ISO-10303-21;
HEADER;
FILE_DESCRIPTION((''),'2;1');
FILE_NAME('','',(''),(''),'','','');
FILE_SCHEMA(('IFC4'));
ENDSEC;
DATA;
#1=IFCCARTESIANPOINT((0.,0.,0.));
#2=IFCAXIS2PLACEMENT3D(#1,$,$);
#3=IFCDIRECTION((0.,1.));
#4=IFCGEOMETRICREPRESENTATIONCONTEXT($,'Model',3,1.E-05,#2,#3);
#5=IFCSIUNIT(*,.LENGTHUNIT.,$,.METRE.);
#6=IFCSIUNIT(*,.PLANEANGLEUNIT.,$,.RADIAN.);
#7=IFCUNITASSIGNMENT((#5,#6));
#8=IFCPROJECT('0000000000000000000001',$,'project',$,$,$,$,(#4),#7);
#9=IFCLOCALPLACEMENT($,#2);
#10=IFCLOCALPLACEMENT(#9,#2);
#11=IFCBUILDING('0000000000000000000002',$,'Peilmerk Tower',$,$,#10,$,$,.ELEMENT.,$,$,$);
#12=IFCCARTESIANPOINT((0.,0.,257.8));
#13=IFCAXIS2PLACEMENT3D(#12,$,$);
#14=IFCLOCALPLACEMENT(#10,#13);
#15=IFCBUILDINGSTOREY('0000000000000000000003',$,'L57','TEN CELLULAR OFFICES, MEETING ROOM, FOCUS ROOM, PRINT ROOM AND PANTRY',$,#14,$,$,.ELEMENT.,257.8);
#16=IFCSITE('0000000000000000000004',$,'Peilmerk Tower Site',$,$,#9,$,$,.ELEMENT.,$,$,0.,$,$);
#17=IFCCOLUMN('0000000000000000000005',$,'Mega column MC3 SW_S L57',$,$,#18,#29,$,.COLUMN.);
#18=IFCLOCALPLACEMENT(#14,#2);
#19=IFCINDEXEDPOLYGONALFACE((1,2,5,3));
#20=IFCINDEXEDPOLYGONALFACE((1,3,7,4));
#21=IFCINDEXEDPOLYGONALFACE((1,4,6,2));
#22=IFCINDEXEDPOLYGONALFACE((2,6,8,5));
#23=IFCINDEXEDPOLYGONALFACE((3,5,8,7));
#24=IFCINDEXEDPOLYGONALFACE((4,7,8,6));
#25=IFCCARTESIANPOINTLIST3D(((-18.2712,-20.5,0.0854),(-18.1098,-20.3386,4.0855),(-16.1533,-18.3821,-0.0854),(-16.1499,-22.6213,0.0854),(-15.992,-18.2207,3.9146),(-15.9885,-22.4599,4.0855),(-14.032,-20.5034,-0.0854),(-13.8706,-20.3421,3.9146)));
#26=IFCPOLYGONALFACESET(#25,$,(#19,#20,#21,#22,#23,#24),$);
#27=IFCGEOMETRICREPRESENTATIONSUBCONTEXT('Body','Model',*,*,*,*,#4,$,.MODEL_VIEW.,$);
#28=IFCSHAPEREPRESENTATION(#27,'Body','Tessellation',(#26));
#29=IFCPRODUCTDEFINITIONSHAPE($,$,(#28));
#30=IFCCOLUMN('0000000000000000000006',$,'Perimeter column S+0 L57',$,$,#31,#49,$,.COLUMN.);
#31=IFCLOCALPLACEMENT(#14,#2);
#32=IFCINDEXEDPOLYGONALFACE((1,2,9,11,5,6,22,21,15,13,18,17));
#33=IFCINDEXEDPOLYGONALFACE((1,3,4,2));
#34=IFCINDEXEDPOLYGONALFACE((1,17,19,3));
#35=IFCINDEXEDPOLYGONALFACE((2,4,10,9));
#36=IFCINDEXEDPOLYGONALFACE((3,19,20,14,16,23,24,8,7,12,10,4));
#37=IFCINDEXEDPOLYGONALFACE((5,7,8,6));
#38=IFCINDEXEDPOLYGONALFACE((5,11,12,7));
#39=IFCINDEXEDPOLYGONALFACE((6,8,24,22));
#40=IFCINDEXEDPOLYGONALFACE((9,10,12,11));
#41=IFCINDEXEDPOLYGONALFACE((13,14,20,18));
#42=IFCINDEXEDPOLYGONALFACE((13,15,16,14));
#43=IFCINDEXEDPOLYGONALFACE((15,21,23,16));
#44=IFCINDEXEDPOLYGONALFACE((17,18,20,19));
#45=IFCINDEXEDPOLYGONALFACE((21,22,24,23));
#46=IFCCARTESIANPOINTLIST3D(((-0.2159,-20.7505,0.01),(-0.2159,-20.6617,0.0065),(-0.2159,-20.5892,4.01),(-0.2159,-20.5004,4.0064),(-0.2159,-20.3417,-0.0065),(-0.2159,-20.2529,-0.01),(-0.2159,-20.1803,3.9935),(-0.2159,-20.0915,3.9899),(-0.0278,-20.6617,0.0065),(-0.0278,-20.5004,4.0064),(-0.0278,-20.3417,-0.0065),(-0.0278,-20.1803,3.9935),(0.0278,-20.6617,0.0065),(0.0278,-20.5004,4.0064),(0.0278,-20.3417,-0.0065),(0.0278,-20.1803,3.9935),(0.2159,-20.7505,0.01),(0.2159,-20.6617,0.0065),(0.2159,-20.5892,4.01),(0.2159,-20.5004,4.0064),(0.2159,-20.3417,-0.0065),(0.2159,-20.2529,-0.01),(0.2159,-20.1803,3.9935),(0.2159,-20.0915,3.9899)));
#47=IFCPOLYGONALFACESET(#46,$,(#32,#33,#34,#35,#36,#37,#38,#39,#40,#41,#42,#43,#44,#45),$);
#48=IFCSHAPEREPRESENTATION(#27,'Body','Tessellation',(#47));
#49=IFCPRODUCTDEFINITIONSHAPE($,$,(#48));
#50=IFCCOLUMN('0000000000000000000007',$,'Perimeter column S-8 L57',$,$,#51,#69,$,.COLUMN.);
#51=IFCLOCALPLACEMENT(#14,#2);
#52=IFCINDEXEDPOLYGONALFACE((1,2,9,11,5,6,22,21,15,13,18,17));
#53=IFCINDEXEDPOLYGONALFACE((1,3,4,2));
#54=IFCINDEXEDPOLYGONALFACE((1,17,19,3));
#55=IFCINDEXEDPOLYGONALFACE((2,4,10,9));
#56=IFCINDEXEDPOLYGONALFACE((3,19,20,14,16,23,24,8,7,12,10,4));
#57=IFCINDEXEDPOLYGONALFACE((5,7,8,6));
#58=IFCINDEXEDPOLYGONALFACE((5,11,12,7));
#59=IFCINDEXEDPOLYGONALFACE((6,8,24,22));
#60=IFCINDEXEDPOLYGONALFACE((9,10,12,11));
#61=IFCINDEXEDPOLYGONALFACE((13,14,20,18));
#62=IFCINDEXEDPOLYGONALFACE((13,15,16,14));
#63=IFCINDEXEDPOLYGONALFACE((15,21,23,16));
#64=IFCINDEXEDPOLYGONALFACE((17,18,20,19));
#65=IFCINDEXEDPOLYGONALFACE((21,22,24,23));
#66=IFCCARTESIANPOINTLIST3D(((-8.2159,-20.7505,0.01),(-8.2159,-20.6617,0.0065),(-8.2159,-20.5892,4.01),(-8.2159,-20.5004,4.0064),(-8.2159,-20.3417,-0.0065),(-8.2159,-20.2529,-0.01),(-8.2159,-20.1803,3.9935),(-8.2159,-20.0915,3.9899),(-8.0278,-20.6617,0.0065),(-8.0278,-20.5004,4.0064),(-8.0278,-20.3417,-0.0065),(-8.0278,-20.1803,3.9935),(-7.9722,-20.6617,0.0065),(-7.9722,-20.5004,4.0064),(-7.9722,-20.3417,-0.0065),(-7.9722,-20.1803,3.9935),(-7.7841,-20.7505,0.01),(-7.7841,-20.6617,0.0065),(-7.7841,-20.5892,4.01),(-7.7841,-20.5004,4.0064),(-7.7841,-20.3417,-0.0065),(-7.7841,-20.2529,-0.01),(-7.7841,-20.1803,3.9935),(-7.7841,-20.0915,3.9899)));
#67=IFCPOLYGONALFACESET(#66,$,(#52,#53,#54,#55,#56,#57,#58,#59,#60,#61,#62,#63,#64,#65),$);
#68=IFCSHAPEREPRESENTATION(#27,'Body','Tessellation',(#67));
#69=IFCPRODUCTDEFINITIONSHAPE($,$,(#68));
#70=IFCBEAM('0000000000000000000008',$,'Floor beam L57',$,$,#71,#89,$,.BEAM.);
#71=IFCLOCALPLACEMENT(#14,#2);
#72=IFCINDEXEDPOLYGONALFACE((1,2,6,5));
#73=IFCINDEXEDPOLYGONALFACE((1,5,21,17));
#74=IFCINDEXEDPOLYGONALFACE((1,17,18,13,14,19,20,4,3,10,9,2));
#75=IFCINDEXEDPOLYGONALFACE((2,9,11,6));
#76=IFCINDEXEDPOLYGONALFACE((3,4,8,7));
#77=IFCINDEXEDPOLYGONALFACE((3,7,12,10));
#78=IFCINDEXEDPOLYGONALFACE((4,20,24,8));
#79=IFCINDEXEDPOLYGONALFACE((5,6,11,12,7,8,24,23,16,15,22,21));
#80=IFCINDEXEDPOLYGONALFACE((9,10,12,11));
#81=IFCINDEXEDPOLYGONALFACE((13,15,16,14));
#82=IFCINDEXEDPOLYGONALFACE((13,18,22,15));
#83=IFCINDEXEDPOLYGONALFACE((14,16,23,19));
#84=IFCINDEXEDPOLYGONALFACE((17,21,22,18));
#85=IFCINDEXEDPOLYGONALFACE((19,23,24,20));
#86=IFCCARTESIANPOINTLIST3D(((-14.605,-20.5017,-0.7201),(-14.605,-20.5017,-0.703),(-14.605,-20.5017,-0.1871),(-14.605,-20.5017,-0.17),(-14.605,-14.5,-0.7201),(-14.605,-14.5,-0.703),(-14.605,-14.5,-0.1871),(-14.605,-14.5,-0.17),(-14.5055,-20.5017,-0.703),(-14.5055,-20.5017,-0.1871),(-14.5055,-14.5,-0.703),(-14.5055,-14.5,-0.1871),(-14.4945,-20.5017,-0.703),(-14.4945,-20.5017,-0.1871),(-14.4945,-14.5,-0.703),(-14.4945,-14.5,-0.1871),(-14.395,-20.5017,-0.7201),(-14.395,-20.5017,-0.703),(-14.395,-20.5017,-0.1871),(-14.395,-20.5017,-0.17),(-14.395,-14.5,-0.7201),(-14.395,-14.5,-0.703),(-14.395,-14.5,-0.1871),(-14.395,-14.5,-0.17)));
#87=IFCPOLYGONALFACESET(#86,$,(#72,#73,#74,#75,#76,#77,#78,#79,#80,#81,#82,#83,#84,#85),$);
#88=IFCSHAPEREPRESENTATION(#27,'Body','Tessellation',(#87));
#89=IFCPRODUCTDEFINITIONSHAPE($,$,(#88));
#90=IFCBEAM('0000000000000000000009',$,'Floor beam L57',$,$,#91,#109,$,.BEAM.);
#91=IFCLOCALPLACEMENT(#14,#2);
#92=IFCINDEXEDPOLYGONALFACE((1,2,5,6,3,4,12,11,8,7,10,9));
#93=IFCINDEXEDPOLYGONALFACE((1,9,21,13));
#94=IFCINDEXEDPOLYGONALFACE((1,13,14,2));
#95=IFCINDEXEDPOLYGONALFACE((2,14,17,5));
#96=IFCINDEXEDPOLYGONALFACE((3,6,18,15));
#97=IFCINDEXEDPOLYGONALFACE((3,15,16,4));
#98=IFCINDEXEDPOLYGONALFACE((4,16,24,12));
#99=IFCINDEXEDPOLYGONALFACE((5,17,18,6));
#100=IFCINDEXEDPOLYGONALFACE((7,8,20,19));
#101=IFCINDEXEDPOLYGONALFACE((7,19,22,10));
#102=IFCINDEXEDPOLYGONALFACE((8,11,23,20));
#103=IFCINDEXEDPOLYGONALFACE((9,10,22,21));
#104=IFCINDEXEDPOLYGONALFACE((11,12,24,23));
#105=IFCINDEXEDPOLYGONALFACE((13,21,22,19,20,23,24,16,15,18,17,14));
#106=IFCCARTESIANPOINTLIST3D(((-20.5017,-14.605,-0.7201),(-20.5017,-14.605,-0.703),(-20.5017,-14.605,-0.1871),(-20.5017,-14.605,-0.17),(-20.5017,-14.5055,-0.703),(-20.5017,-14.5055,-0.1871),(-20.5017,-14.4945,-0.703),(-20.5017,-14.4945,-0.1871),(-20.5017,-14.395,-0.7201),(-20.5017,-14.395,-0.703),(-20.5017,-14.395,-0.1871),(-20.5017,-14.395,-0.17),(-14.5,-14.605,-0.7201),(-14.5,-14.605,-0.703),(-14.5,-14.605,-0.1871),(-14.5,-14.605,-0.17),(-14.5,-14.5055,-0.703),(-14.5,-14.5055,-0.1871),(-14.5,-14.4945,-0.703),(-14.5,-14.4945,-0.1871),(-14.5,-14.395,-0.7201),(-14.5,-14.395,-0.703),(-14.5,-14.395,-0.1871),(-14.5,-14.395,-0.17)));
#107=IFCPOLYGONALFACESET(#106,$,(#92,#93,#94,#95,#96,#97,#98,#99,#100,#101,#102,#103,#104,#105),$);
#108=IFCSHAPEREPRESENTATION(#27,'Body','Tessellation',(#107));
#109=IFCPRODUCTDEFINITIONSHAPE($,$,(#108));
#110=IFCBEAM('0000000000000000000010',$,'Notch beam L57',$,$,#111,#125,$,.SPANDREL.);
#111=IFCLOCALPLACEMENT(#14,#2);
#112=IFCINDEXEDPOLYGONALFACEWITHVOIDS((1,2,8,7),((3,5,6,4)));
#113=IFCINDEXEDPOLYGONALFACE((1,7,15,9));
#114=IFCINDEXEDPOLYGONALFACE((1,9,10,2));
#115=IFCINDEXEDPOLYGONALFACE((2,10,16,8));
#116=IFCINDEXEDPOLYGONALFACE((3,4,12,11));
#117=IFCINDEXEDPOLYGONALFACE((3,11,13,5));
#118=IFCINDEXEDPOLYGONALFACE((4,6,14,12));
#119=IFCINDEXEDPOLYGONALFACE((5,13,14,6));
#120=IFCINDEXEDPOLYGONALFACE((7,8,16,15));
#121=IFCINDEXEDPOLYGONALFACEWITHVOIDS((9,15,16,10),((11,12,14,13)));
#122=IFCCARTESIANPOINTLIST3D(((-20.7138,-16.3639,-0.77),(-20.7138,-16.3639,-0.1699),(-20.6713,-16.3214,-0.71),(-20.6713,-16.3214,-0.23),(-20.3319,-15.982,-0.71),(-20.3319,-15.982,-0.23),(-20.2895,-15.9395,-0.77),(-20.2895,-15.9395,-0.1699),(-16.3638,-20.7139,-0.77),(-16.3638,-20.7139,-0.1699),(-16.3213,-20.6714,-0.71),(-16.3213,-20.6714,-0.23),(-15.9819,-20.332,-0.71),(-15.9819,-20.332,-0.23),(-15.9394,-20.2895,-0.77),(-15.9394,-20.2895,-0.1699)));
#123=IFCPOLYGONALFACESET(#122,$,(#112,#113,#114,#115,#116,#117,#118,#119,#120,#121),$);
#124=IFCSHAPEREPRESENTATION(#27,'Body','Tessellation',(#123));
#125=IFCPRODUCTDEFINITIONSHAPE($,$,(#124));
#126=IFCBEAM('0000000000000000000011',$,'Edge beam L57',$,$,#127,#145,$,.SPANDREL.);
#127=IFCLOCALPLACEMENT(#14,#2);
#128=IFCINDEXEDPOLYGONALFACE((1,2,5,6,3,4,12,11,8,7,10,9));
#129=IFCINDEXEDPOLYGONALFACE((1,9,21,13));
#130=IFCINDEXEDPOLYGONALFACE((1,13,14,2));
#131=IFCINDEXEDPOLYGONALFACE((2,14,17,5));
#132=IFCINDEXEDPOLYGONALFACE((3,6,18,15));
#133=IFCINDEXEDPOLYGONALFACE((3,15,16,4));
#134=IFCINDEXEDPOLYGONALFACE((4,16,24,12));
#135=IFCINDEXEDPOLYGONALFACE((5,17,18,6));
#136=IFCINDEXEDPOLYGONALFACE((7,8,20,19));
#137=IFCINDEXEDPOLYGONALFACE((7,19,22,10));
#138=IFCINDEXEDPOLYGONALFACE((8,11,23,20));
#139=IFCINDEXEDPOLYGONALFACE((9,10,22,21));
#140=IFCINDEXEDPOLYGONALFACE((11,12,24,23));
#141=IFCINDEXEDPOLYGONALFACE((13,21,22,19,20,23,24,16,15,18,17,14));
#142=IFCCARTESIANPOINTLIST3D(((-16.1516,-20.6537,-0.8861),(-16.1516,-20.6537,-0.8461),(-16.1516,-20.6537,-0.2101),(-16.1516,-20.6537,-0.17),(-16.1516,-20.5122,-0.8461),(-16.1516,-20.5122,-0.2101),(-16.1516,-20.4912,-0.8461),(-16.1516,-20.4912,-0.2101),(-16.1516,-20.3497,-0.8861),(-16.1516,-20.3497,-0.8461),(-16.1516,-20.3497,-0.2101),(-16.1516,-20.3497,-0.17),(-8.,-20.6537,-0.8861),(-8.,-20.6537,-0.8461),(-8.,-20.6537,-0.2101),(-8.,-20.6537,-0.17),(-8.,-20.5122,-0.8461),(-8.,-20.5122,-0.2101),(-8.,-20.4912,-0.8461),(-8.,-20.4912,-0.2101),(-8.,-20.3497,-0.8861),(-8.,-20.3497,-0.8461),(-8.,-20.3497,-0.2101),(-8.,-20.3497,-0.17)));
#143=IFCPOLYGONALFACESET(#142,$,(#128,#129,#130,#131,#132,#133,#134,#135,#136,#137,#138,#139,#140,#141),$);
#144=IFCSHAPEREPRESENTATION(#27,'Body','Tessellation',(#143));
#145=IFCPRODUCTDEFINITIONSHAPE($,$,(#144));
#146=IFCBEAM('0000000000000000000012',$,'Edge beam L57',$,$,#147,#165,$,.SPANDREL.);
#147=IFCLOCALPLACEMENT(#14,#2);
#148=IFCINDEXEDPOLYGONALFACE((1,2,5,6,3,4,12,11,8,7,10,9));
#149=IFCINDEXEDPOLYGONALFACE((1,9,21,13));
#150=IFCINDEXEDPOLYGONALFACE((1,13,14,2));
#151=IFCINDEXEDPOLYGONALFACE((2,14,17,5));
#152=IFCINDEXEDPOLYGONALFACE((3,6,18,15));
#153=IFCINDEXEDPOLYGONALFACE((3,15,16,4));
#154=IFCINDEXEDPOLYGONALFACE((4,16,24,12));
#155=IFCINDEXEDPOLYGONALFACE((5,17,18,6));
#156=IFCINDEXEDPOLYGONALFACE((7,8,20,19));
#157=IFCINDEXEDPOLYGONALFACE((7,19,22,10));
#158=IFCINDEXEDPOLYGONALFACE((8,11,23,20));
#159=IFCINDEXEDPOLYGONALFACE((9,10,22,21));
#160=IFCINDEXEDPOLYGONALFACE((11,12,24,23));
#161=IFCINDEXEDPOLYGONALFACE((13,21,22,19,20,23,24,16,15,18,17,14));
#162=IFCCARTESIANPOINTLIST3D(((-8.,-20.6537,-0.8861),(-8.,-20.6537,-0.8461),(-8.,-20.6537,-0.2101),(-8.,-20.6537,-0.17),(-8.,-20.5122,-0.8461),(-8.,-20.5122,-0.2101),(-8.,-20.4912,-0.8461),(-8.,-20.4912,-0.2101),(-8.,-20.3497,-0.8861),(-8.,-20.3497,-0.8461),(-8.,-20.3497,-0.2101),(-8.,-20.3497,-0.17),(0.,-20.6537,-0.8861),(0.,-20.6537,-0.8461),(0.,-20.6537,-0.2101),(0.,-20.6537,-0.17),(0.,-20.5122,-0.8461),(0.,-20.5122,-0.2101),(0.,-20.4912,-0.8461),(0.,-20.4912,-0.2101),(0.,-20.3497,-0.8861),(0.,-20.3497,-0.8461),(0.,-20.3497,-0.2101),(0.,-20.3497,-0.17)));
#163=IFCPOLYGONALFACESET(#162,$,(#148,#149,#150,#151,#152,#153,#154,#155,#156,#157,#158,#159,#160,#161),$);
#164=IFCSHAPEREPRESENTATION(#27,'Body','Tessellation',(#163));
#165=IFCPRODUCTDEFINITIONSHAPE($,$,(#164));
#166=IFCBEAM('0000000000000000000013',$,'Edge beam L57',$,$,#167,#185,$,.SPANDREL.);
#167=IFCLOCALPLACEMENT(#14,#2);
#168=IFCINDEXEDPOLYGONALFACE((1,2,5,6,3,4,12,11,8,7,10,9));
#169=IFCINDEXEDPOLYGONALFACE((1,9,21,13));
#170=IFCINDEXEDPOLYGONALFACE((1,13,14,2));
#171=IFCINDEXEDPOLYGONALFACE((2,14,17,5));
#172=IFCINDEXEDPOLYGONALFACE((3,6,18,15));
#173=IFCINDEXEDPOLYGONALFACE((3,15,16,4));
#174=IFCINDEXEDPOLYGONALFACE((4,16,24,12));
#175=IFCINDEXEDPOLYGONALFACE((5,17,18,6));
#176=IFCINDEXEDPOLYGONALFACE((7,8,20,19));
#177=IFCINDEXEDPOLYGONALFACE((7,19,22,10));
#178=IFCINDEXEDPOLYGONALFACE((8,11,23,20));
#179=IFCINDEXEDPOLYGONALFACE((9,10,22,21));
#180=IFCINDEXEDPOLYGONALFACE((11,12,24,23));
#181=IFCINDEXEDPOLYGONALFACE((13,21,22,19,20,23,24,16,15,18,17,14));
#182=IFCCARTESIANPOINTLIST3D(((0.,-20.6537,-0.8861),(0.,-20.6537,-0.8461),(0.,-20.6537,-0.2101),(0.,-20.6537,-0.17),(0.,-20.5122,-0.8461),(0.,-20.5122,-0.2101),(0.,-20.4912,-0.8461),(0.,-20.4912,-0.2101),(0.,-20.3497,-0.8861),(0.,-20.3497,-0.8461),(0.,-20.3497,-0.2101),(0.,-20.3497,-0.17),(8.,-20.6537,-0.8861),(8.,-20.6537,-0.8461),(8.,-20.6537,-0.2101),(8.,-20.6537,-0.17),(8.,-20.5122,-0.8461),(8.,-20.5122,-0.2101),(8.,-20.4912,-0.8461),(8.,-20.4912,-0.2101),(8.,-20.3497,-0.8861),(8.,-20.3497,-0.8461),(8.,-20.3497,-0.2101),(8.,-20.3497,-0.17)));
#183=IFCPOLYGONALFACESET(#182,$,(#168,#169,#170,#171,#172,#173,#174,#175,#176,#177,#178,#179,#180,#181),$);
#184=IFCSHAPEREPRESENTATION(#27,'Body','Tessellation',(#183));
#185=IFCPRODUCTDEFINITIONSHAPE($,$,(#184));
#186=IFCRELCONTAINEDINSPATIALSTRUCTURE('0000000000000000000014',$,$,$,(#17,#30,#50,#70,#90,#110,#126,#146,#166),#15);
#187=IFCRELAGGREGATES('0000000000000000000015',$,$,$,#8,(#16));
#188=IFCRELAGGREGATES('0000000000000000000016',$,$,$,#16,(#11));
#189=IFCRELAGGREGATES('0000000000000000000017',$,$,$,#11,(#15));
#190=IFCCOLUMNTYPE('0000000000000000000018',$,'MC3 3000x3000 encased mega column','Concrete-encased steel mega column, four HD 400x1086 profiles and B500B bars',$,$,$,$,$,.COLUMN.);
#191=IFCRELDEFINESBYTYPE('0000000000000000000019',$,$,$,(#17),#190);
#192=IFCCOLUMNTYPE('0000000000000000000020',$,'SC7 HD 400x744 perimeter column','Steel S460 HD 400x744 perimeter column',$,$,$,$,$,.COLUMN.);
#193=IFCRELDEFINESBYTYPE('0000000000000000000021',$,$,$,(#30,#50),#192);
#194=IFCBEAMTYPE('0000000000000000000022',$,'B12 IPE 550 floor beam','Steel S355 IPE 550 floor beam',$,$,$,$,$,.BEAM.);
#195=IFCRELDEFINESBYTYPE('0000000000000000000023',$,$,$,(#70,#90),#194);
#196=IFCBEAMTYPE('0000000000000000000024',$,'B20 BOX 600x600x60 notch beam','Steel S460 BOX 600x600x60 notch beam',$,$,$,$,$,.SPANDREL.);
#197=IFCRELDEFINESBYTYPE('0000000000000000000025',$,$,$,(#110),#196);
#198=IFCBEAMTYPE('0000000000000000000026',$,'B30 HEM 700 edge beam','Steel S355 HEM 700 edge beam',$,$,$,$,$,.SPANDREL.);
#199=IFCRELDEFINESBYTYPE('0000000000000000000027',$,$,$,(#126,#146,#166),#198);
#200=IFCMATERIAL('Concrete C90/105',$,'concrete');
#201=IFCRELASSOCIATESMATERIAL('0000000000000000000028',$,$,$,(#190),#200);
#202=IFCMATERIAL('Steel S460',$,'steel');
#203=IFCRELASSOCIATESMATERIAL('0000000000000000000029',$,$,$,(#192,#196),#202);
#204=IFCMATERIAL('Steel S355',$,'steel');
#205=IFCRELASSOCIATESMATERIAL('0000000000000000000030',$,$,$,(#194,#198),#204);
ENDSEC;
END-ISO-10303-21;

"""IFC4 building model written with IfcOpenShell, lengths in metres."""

from ifc_helpers import new_model, si_unit, direction, frame, origin, origin_2d, place, context, subcontext, project, spatial, rectangle, hollow_rectangle, i_section, extrude, material, material_profile, profile_set, type_object, element, save


model = new_model("IFC4")

# Units and contexts
model_context = context("Model", 3, precision=1e-05, world=origin(), true_north=direction((0.0, 1.0)))
body_context = subcontext(model_context, "Body", "Model", "MODEL_VIEW")
ifc_project = project(units=[si_unit("LENGTHUNIT", "METRE"), si_unit("PLANEANGLEUNIT", "RADIAN")], contexts=[model_context])

# Site, building, storey
site_placement = place(None, origin())
site = spatial("IfcSite", under=ifc_project, at=site_placement, Name="Peilmerk Tower Site", CompositionType="ELEMENT", RefElevation=0.0)
building_placement = place(site_placement, origin())
building = spatial("IfcBuilding", under=site, at=building_placement, Name="Peilmerk Tower", CompositionType="ELEMENT")
storey_placement = place(building_placement, frame((0.0, 0.0, 257.8)))
storey = spatial("IfcBuildingStorey", under=building, at=storey_placement, Name="L57", Description="TEN CELLULAR OFFICES, MEETING ROOM, FOCUS ROOM, PRINT ROOM AND PANTRY", CompositionType="ELEMENT", Elevation=257.8)

# Columns
ifc_material_1 = material(Name="Concrete C90/105", Category="concrete")
ifc_material_profile_1 = material_profile(ifc_material_1, rectangle(XDim=3.0, YDim=3.0, at=origin_2d()), Name="RC 3000x3000")
ifc_profile_set_1 = profile_set([ifc_material_profile_1], Name="Concrete C90/105")
column_type_1 = type_object("IfcColumnType", Name="MC3 3000x3000 encased mega column", Description="Concrete-encased steel mega column, four HD 400x1086 profiles and B500B bars", PredefinedType="COLUMN", material=ifc_profile_set_1)
column_placement = place(storey_placement, frame((-16.1516, -20.5017, 0.0), z_axis=(0.040279, 0.040279, 0.998376), x_axis=(-0.707107, 0.707107, 0.0)))
element("IfcColumn", 1, at=column_placement, inside=storey, type_object=column_type_1, Name="Mega column MC3 SW_S L57", PredefinedType="COLUMN", context=body_context, shape_type="SweptSolid", body=[
    extrude(rectangle(XDim=3.0, YDim=3.0, at=origin_2d()), origin(), (0.0, 0.0, 1.0), 4.0066),
])
ifc_material_2 = material(Name="Steel S460", Category="steel")
ifc_material_profile_2 = material_profile(ifc_material_2, i_section(OverallWidth=0.4319, OverallDepth=0.498, WebThickness=0.0557, FlangeThickness=0.0889, at=origin_2d()), Name="HD 400x744")
ifc_profile_set_2 = profile_set([ifc_material_profile_2], Name="Steel S460")
column_type_2 = type_object("IfcColumnType", Name="SC7 HD 400x744 perimeter column", Description="Steel S460 HD 400x744 perimeter column", PredefinedType="COLUMN", material=ifc_profile_set_2)
for number, where, z_axis, x_axis, name in (
    (2, (0.0, -20.5017, 0.0), (0.0, 0.040311, 0.999187), (-1.0, 0.0, 0.0), "Perimeter column S+0 L57"),
    (3, (-8.0, -20.5017, 0.0), (0.0, 0.040311, 0.999187), (-1.0, 0.0, 0.0), "Perimeter column S-8 L57"),
):
    element("IfcColumn", number, at=place(storey_placement, frame(where, z_axis=z_axis, x_axis=x_axis)), inside=storey, type_object=column_type_2, Name=name, PredefinedType="COLUMN", context=body_context, shape_type="SweptSolid", body=[
        extrude(i_section(OverallWidth=0.4319, OverallDepth=0.498, WebThickness=0.0557, FlangeThickness=0.0889, at=origin_2d()), origin(), (0.0, 0.0, 1.0), 4.0032),
    ])

# Beams
ifc_material_3 = material(Name="Steel S355", Category="steel")
ifc_material_profile_3 = material_profile(ifc_material_3, i_section(OverallWidth=0.21, OverallDepth=0.55, WebThickness=0.011, FlangeThickness=0.0171, at=origin_2d()), Name="IPE 550")
ifc_profile_set_3 = profile_set([ifc_material_profile_3], Name="Steel S355")
beam_type_1 = type_object("IfcBeamType", Name="B12 IPE 550 floor beam", Description="Steel S355 IPE 550 floor beam", PredefinedType="BEAM", material=ifc_profile_set_3)
for number, where, z_axis, x_axis, name in (
    (4, (-14.5, -14.5, -0.4451), (0.0, -1.0, 0.0), (1.0, 0.0, 0.0), "Floor beam L57"),
    (5, (-14.5, -14.5, -0.4451), (-1.0, 0.0, 0.0), (0.0, -1.0, 0.0), "Floor beam L57"),
):
    element("IfcBeam", number, at=place(storey_placement, frame(where, z_axis=z_axis, x_axis=x_axis)), inside=storey, type_object=beam_type_1, Name=name, PredefinedType="BEAM", context=body_context, shape_type="SweptSolid", body=[
        extrude(i_section(OverallWidth=0.21, OverallDepth=0.55, WebThickness=0.011, FlangeThickness=0.0171, at=origin_2d()), origin(), (0.0, 0.0, 1.0), 6.0017),
    ])
ifc_material_profile_4 = material_profile(ifc_material_2, hollow_rectangle(XDim=0.6001, YDim=0.6001, WallThickness=0.0601, at=origin_2d()), Name="BOX 600x600x60")
ifc_profile_set_4 = profile_set([ifc_material_profile_4], Name="Steel S460")
beam_type_2 = type_object("IfcBeamType", Name="B20 BOX 600x600x60 notch beam", Description="Steel S460 BOX 600x600x60 notch beam", PredefinedType="SPANDREL", material=ifc_profile_set_4)
beam_1_placement = place(storey_placement, frame((-16.1516, -20.5017, -0.47), z_axis=(-0.707107, 0.707107, 0.0), x_axis=(-0.707107, -0.707107, 0.0)))
element("IfcBeam", 6, at=beam_1_placement, inside=storey, type_object=beam_type_2, Name="Notch beam L57", PredefinedType="SPANDREL", context=body_context, shape_type="SweptSolid", body=[
    extrude(hollow_rectangle(XDim=0.6001, YDim=0.6001, WallThickness=0.0601, at=origin_2d()), origin(), (0.0, 0.0, 1.0), 6.1519),
])
ifc_material_profile_5 = material_profile(ifc_material_3, i_section(OverallWidth=0.304, OverallDepth=0.7161, WebThickness=0.021, FlangeThickness=0.04, at=origin_2d()), Name="HEM 700")
ifc_profile_set_5 = profile_set([ifc_material_profile_5], Name="Steel S355")
beam_type_3 = type_object("IfcBeamType", Name="B30 HEM 700 edge beam", Description="Steel S355 HEM 700 edge beam", PredefinedType="SPANDREL", material=ifc_profile_set_5)
beam_2_placement = place(storey_placement, frame((-16.1516, -20.5017, -0.5281), z_axis=(1.0, 0.0, 0.0), x_axis=(0.0, 1.0, 0.0)))
element("IfcBeam", 7, at=beam_2_placement, inside=storey, type_object=beam_type_3, Name="Edge beam L57", PredefinedType="SPANDREL", context=body_context, shape_type="SweptSolid", body=[
    extrude(i_section(OverallWidth=0.304, OverallDepth=0.7161, WebThickness=0.021, FlangeThickness=0.04, at=origin_2d()), origin(), (0.0, 0.0, 1.0), 8.1516),
])
for number, where, z_axis, x_axis, name in (
    (8, (-8.0, -20.5017, -0.5281), (1.0, 0.0, 0.0), (0.0, 1.0, 0.0), "Edge beam L57"),
    (9, (0.0, -20.5017, -0.5281), (1.0, 0.0, 0.0), (0.0, 1.0, 0.0), "Edge beam L57"),
):
    element("IfcBeam", number, at=place(storey_placement, frame(where, z_axis=z_axis, x_axis=x_axis)), inside=storey, type_object=beam_type_3, Name=name, PredefinedType="SPANDREL", context=body_context, shape_type="SweptSolid", body=[
        extrude(i_section(OverallWidth=0.304, OverallDepth=0.7161, WebThickness=0.021, FlangeThickness=0.04, at=origin_2d()), origin(), (0.0, 0.0, 1.0), 8.0),
    ])

save(model, "model.ifc")
